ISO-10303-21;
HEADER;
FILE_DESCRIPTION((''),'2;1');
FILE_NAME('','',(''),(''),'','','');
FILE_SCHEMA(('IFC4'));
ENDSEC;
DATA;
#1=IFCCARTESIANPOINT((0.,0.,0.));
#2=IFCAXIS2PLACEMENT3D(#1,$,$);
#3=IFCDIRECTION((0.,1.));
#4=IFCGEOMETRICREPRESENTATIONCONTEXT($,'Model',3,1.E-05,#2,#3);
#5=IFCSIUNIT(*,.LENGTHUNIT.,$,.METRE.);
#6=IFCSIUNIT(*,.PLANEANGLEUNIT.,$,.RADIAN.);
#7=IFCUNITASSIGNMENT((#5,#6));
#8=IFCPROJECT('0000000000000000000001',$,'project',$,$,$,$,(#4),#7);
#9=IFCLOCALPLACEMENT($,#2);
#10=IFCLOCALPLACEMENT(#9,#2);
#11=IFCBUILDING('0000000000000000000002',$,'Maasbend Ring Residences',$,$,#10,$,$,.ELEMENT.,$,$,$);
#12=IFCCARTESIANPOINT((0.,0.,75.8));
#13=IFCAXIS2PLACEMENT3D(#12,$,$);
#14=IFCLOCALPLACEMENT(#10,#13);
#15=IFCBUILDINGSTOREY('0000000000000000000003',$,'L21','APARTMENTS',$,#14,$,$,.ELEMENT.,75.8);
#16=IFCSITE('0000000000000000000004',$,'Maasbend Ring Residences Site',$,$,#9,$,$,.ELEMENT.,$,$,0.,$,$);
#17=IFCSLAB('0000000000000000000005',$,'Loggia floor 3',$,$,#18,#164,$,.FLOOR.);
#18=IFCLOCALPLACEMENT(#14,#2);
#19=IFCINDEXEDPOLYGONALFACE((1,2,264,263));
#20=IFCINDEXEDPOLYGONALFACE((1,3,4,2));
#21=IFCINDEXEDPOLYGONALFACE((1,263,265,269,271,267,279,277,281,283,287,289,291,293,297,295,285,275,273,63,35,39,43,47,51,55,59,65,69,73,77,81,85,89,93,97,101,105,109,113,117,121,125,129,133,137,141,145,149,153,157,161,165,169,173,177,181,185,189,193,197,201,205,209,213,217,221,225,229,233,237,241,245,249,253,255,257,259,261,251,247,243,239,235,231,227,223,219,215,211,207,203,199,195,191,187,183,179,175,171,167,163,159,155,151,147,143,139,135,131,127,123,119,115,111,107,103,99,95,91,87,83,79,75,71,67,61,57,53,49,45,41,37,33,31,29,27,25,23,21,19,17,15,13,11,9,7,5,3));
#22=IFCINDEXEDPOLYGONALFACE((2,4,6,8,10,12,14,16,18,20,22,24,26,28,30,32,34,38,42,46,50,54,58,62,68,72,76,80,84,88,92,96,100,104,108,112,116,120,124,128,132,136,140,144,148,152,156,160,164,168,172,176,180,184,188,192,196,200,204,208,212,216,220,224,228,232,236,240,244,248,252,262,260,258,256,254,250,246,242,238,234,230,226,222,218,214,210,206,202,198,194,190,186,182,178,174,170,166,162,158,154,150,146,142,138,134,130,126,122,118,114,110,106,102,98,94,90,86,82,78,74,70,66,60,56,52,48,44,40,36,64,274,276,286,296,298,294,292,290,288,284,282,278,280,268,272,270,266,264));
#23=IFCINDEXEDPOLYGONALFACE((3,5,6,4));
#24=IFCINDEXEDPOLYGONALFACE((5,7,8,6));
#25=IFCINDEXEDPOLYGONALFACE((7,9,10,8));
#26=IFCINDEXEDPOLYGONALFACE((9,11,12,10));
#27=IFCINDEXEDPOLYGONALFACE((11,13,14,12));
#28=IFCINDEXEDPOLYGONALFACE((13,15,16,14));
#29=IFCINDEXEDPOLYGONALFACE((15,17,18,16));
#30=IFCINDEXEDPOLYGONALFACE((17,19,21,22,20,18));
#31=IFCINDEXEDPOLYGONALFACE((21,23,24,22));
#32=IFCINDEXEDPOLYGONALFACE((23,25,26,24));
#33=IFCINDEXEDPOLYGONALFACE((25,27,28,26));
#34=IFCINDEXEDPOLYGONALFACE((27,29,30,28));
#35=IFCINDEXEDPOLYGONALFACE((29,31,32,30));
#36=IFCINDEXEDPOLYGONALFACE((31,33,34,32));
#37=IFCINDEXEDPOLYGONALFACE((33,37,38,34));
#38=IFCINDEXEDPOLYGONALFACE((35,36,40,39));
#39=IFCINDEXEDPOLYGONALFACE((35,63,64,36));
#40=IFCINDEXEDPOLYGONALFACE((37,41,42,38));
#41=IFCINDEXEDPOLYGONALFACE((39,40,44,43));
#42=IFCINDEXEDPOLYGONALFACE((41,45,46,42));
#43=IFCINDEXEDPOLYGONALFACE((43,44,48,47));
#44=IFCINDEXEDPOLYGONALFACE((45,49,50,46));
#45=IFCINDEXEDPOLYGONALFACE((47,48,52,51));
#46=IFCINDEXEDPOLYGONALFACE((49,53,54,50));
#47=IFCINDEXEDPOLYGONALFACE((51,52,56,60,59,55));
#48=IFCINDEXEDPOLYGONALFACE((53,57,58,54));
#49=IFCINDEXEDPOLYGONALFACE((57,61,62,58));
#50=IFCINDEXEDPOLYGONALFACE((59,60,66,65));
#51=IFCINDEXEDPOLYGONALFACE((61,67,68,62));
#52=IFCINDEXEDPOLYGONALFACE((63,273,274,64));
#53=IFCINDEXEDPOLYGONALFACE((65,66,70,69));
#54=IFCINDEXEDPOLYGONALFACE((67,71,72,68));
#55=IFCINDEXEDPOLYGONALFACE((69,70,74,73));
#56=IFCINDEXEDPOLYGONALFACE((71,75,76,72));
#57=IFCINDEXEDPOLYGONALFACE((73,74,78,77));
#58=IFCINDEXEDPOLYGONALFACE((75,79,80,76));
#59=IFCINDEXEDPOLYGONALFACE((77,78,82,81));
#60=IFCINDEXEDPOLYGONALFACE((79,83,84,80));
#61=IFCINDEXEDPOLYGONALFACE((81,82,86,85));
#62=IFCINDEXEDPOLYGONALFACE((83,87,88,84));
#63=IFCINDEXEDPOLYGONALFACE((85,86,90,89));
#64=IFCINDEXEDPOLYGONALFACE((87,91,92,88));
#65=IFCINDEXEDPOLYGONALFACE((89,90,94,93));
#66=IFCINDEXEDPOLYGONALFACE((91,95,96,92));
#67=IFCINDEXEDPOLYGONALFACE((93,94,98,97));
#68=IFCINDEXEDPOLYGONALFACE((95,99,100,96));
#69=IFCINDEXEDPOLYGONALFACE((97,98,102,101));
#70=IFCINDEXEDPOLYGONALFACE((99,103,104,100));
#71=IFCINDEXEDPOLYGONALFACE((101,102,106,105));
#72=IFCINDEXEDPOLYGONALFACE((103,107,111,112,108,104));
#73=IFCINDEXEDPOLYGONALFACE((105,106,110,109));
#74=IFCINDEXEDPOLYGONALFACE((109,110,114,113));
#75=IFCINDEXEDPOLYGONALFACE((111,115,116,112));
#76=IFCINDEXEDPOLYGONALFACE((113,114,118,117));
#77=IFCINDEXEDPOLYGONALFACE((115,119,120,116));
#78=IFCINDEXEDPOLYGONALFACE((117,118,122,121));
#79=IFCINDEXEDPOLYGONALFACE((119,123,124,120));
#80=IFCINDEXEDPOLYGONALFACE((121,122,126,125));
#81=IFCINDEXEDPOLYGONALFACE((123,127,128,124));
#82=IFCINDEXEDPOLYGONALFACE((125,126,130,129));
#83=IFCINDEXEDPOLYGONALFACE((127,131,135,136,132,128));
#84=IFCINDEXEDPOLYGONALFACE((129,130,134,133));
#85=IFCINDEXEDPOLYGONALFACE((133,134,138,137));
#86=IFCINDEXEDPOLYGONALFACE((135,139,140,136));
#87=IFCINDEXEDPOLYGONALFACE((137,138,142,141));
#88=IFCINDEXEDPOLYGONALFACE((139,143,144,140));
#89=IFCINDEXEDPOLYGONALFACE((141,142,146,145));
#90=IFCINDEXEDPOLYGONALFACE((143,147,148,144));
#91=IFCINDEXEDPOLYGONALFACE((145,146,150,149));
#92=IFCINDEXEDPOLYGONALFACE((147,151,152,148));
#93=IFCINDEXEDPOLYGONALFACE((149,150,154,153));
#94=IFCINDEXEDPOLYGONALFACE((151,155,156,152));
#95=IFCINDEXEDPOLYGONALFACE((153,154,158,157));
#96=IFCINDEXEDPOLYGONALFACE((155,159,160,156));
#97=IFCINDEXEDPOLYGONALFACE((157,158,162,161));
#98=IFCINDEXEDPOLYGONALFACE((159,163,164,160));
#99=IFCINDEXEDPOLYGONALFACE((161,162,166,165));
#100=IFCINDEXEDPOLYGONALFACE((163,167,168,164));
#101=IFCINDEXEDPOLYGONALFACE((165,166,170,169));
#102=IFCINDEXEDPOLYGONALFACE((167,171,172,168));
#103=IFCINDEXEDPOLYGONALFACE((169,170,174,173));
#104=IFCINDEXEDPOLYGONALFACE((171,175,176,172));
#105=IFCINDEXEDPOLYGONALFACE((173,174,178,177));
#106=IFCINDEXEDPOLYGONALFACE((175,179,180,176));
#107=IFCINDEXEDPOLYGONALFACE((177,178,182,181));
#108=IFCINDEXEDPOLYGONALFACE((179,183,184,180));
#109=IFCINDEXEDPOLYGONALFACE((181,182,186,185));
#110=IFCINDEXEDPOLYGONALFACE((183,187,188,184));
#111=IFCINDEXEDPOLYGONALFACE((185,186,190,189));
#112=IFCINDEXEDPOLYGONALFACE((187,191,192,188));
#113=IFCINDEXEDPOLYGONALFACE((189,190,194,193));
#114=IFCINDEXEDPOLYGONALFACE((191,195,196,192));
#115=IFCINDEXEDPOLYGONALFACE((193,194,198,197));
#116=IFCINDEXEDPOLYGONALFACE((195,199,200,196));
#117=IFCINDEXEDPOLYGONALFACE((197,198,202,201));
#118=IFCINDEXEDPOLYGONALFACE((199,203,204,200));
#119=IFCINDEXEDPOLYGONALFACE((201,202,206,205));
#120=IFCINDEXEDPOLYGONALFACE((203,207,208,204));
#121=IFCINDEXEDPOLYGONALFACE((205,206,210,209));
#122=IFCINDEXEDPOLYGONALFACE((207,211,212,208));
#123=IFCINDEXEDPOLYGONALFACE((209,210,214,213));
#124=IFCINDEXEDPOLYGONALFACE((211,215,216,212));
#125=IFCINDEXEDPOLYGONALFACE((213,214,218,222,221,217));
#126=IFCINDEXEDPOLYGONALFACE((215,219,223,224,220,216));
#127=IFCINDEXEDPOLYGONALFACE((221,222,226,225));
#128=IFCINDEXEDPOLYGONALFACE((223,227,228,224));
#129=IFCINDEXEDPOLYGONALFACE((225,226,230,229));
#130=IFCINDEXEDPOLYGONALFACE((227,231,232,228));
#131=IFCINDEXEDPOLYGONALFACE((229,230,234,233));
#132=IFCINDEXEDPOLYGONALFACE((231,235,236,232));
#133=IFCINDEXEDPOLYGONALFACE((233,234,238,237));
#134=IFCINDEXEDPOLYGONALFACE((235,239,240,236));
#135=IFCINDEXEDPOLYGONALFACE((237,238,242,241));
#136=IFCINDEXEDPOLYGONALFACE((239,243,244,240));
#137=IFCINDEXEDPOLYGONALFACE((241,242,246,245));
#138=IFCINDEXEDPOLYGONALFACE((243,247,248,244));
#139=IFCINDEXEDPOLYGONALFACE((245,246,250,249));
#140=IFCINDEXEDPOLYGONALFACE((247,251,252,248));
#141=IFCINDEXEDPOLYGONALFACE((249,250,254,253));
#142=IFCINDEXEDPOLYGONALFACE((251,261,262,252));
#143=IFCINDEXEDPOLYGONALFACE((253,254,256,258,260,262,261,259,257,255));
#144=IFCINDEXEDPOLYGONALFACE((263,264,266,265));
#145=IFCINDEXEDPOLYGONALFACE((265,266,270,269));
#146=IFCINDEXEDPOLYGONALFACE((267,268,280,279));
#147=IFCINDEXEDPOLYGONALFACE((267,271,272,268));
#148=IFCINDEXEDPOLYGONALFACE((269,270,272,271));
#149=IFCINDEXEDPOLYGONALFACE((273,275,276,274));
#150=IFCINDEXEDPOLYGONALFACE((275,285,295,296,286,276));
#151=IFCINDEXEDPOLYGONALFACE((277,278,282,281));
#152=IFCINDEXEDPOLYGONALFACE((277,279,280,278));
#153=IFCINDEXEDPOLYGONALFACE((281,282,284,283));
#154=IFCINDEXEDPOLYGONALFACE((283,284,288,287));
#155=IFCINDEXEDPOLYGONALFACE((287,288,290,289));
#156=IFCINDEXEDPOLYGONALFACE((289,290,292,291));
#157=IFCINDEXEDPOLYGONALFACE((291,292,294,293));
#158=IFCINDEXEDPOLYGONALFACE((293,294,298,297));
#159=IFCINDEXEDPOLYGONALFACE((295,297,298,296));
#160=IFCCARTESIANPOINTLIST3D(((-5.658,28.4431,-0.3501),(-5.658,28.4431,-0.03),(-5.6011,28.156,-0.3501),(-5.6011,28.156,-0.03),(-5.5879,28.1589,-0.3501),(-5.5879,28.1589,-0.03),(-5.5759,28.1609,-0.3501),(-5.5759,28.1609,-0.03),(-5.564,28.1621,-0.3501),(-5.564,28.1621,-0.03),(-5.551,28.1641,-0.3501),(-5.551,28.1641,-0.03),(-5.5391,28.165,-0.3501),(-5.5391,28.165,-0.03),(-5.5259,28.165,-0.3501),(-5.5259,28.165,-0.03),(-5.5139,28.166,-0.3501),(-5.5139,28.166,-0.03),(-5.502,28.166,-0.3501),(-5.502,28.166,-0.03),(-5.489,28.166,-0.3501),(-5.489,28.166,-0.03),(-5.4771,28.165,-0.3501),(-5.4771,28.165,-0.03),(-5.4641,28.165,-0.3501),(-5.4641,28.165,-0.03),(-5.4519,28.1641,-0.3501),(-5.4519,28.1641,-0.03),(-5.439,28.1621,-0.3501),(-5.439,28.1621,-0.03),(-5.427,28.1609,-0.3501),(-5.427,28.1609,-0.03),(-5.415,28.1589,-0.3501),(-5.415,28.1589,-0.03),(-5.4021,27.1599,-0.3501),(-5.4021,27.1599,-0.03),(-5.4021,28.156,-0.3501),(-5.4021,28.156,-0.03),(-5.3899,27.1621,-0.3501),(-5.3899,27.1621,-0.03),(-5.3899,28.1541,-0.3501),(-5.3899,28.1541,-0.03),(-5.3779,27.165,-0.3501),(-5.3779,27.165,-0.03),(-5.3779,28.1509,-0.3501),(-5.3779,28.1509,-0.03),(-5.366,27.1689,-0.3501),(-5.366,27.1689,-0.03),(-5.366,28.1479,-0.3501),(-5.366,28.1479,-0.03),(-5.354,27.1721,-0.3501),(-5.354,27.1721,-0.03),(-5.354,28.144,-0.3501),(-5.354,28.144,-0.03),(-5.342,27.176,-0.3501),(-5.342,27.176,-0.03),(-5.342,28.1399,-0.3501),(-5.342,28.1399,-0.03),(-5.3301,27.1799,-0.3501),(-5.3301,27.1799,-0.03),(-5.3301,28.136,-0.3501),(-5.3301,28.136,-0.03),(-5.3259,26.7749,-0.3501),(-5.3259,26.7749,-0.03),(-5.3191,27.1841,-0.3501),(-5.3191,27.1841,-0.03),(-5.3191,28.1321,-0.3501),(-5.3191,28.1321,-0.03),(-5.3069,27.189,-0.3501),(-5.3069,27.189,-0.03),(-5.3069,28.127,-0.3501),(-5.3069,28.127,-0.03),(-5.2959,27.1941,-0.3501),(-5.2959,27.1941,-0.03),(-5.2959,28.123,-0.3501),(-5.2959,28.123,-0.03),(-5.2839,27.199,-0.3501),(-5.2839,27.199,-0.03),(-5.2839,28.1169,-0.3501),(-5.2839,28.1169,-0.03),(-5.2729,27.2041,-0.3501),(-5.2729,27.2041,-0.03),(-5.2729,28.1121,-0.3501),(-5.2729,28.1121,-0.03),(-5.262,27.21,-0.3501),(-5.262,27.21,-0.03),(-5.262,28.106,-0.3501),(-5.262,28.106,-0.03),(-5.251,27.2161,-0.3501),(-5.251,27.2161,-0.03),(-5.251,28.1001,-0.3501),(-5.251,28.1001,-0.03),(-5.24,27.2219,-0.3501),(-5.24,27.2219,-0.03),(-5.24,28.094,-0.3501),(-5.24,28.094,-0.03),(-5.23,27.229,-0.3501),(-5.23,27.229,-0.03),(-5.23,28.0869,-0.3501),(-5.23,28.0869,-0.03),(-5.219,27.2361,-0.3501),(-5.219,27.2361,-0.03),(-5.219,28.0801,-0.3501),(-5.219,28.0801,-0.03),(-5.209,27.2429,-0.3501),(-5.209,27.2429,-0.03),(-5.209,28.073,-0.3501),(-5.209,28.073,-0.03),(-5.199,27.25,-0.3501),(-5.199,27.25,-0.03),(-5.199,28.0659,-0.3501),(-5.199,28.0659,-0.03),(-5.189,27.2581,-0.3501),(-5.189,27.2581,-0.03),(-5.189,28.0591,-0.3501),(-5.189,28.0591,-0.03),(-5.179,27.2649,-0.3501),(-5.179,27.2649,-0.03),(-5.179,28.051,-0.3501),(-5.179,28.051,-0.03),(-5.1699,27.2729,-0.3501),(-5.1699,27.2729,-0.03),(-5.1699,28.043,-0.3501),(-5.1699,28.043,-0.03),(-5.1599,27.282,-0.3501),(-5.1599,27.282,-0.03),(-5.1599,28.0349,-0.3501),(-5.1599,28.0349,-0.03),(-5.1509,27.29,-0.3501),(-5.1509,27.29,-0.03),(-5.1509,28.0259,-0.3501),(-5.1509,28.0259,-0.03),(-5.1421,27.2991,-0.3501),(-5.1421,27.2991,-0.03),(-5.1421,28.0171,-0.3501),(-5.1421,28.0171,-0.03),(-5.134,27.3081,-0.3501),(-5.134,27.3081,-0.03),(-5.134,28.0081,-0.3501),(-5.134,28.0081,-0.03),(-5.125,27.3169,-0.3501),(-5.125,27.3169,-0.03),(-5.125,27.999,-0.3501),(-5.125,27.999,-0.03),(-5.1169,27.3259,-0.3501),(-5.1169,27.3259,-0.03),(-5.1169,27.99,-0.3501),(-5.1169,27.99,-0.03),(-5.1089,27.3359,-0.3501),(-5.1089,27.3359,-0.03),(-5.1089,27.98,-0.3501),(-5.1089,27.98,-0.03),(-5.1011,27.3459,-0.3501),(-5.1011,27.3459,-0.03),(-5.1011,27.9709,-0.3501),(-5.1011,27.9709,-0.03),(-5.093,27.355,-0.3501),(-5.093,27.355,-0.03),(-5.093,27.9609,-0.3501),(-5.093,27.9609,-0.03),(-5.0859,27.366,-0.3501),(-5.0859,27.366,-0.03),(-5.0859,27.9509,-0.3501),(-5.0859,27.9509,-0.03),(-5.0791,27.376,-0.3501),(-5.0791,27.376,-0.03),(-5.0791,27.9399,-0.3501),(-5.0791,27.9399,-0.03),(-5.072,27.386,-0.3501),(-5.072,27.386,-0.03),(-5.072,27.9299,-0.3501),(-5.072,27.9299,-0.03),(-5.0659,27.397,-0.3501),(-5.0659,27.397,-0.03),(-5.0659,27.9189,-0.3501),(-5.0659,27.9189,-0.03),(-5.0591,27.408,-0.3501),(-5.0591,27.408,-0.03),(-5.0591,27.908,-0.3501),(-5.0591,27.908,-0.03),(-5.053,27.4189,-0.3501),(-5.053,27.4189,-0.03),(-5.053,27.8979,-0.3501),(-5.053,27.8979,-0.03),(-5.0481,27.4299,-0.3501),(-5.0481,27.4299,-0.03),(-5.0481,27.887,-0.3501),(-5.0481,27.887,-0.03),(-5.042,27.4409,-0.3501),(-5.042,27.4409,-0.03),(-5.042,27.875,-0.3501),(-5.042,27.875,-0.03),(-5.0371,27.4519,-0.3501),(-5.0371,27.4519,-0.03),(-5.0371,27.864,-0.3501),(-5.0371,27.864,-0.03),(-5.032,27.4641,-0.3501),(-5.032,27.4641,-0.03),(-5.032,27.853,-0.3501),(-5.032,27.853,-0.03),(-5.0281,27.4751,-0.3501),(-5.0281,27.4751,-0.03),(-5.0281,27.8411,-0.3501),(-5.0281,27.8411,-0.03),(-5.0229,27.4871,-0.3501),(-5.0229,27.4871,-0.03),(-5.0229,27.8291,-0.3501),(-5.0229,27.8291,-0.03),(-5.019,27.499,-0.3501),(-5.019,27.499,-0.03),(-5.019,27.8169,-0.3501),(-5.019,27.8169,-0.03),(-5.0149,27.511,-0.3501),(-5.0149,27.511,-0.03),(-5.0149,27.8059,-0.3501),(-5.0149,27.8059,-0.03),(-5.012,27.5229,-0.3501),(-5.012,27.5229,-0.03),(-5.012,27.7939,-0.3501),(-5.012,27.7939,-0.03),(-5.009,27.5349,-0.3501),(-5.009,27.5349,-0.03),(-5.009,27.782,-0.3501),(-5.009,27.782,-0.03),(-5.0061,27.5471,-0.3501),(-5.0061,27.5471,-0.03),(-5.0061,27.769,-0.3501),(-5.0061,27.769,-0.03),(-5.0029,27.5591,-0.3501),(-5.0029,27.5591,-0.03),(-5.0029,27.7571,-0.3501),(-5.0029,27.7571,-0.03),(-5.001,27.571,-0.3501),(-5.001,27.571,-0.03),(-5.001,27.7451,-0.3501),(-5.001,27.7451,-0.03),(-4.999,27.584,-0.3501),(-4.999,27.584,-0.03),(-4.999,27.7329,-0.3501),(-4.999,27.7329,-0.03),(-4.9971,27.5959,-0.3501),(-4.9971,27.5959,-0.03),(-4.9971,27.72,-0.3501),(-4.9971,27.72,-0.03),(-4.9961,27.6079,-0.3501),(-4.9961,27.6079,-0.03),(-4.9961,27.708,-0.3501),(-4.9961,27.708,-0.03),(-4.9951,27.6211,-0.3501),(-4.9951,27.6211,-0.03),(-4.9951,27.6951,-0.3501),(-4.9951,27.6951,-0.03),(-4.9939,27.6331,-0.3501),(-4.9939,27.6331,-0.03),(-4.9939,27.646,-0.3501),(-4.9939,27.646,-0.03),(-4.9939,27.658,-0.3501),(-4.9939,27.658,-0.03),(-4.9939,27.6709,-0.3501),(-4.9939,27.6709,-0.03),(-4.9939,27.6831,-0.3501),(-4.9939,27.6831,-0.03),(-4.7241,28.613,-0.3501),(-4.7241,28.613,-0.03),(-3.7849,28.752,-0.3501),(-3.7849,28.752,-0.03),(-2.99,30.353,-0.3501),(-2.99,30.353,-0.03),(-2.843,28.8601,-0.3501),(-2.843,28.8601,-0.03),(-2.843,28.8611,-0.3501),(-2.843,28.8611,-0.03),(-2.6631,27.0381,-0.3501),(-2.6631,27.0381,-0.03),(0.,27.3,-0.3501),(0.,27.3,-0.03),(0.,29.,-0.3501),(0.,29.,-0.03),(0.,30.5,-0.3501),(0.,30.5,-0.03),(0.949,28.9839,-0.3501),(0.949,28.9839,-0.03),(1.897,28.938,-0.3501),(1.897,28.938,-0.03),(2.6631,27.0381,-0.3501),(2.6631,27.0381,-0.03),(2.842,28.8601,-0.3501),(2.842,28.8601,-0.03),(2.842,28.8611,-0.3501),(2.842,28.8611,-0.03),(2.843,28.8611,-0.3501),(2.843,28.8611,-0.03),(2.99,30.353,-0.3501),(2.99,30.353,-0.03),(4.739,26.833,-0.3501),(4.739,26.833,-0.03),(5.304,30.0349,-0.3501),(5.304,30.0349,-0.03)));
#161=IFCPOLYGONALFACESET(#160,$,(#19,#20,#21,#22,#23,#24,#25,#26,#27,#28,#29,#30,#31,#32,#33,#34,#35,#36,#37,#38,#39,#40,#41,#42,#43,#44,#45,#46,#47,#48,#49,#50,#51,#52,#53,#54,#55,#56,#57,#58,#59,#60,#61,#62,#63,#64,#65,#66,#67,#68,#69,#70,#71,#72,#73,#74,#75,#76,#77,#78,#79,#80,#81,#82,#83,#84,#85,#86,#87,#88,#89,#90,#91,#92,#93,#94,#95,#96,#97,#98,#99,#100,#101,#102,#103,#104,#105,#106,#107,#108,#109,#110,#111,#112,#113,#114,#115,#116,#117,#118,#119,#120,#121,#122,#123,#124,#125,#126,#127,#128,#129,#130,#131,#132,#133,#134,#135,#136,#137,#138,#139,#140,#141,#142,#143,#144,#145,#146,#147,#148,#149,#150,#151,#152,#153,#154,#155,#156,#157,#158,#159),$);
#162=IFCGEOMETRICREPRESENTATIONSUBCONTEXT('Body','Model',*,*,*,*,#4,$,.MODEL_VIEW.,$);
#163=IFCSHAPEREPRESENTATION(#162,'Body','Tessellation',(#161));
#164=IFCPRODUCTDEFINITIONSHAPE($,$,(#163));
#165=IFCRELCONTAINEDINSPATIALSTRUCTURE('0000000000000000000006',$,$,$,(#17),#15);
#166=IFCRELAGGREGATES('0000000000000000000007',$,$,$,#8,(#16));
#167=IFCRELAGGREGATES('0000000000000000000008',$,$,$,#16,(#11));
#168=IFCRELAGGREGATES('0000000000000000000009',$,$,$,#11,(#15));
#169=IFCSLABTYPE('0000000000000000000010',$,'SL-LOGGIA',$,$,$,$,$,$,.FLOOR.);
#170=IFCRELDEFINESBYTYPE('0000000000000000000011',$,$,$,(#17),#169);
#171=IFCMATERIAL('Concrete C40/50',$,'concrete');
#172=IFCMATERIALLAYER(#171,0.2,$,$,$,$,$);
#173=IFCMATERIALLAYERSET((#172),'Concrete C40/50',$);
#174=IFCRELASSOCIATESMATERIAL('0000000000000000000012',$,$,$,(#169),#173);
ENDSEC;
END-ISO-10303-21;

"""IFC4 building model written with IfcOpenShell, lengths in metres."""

from ifc_helpers import new_model, si_unit, direction, frame, origin, place, context, subcontext, project, spatial, polyline, outline, extrude, material, layer, layer_set, type_object, element, save


model = new_model("IFC4")

# Units and contexts
model_context = context("Model", 3, precision=1e-05, world=origin(), true_north=direction((0.0, 1.0)))
body_context = subcontext(model_context, "Body", "Model", "MODEL_VIEW")
ifc_project = project(units=[si_unit("LENGTHUNIT", "METRE"), si_unit("PLANEANGLEUNIT", "RADIAN")], contexts=[model_context])

# Site, building, storey
site_placement = place(None, origin())
site = spatial("IfcSite", under=ifc_project, at=site_placement, Name="Maasbend Ring Residences Site", CompositionType="ELEMENT", RefElevation=0.0)
building_placement = place(site_placement, origin())
building = spatial("IfcBuilding", under=site, at=building_placement, Name="Maasbend Ring Residences", CompositionType="ELEMENT")
storey_placement = place(building_placement, frame((0.0, 0.0, 75.8)))
storey = spatial("IfcBuildingStorey", under=building, at=storey_placement, Name="L21", Description="APARTMENTS", CompositionType="ELEMENT", Elevation=75.8)

# Slab
ifc_material_1 = material(Name="Concrete C40/50", Category="concrete")
ifc_layer_1 = layer(ifc_material_1, 0.2)
ifc_layer_set_1 = layer_set([ifc_layer_1], Name="Concrete C40/50")
slab_type_1 = type_object("IfcSlabType", Name="SL-LOGGIA", PredefinedType="FLOOR", material=ifc_layer_set_1)
slab_1_placement = place(storey_placement, frame((0.0, 0.0, -0.3501)))
element("IfcSlab", 1, at=slab_1_placement, inside=storey, type_object=slab_type_1, Name="Loggia floor 3", PredefinedType="FLOOR", context=body_context, shape_type="SweptSolid", body=[
    extrude(outline(polyline([(-3.7849, 28.752), (-2.843, 28.8601), (-2.843, 28.8601), (-2.843, 28.8601), (-2.843, 28.8601), (-2.843, 28.8601), (-2.843, 28.8601), (-2.843, 28.8601), (-2.843, 28.8601), (-2.843, 28.8601), (-2.843, 28.8611), (-2.843, 28.8611), (-2.843, 28.8611), (-2.843, 28.8611), (-2.843, 28.8611), (-2.843, 28.8611), (-2.843, 28.8611), (-2.843, 28.8611), (-2.99, 30.353), (-2.99, 30.353), (-2.99, 30.353), (0.0, 30.5), (0.0, 30.5), (0.0, 30.5), (0.0, 29.0), (0.0, 29.0), (0.0, 29.0), (0.0, 29.0), (0.0, 29.0), (0.0, 29.0), (0.0, 29.0), (0.0, 29.0), (0.0, 29.0), (0.0, 29.0), (0.0, 29.0), (0.0, 29.0), (0.0, 29.0), (0.0, 29.0), (0.0, 29.0), (0.0, 29.0), (0.0, 29.0), (0.949, 28.9839), (0.949, 28.9839), (1.897, 28.938), (1.897, 28.938), (2.842, 28.8601), (2.842, 28.8601), (2.842, 28.8601), (2.842, 28.8601), (2.842, 28.8601), (2.842, 28.8601), (2.842, 28.8601), (2.842, 28.8601), (2.842, 28.8611), (2.842, 28.8611), (2.842, 28.8611), (2.842, 28.8611), (2.842, 28.8611), (2.843, 28.8611), (2.843, 28.8611), (2.843, 28.8611), (2.843, 28.8611), (2.99, 30.353), (2.99, 30.353), (2.99, 30.353), (5.304, 30.0349), (5.304, 30.0349), (5.304, 30.0349), (4.739, 26.833), (4.739, 26.833), (4.739, 26.833), (2.6631, 27.0381), (0.0, 27.3), (0.0, 27.3), (0.0, 27.3), (-2.6631, 27.0381), (-5.3259, 26.7749), (-5.3259, 26.7749), (-5.3259, 26.7749), (-5.4021, 27.1599), (-5.4021, 27.1599), (-5.3899, 27.1621), (-5.3779, 27.165), (-5.366, 27.1689), (-5.354, 27.1721), (-5.342, 27.176), (-5.3301, 27.1799), (-5.3191, 27.1841), (-5.3069, 27.189), (-5.2959, 27.1941), (-5.2839, 27.199), (-5.2729, 27.2041), (-5.262, 27.21), (-5.251, 27.2161), (-5.24, 27.2219), (-5.23, 27.229), (-5.219, 27.2361), (-5.209, 27.2429), (-5.199, 27.25), (-5.189, 27.2581), (-5.179, 27.2649), (-5.1699, 27.2729), (-5.1599, 27.282), (-5.1509, 27.29), (-5.1421, 27.2991), (-5.134, 27.3081), (-5.125, 27.3169), (-5.1169, 27.3259), (-5.1089, 27.3359), (-5.1011, 27.3459), (-5.093, 27.355), (-5.0859, 27.366), (-5.0791, 27.376), (-5.072, 27.386), (-5.0659, 27.397), (-5.0591, 27.408), (-5.053, 27.4189), (-5.0481, 27.4299), (-5.042, 27.4409), (-5.0371, 27.4519), (-5.032, 27.4641), (-5.0281, 27.4751), (-5.0229, 27.4871), (-5.019, 27.499), (-5.0149, 27.511), (-5.012, 27.5229), (-5.009, 27.5349), (-5.0061, 27.5471), (-5.0029, 27.5591), (-5.001, 27.571), (-4.999, 27.584), (-4.9971, 27.5959), (-4.9961, 27.6079), (-4.9951, 27.6211), (-4.9939, 27.6331), (-4.9939, 27.646), (-4.9939, 27.658), (-4.9939, 27.6709), (-4.9939, 27.6831), (-4.9951, 27.6951), (-4.9961, 27.708), (-4.9971, 27.72), (-4.999, 27.7329), (-5.001, 27.7451), (-5.0029, 27.7571), (-5.0061, 27.769), (-5.009, 27.782), (-5.012, 27.7939), (-5.0149, 27.8059), (-5.019, 27.8169), (-5.0229, 27.8291), (-5.0281, 27.8411), (-5.032, 27.853), (-5.0371, 27.864), (-5.042, 27.875), (-5.0481, 27.887), (-5.053, 27.8979), (-5.0591, 27.908), (-5.0659, 27.9189), (-5.072, 27.9299), (-5.0791, 27.9399), (-5.0859, 27.9509), (-5.093, 27.9609), (-5.1011, 27.9709), (-5.1089, 27.98), (-5.1169, 27.99), (-5.125, 27.999), (-5.134, 28.0081), (-5.1421, 28.0171), (-5.1509, 28.0259), (-5.1599, 28.0349), (-5.1699, 28.043), (-5.179, 28.051), (-5.189, 28.0591), (-5.199, 28.0659), (-5.209, 28.073), (-5.219, 28.0801), (-5.23, 28.0869), (-5.24, 28.094), (-5.251, 28.1001), (-5.262, 28.106), (-5.2729, 28.1121), (-5.2839, 28.1169), (-5.2959, 28.123), (-5.3069, 28.127), (-5.3191, 28.1321), (-5.3301, 28.136), (-5.342, 28.1399), (-5.354, 28.144), (-5.366, 28.1479), (-5.3779, 28.1509), (-5.3899, 28.1541), (-5.4021, 28.156), (-5.415, 28.1589), (-5.427, 28.1609), (-5.439, 28.1621), (-5.4519, 28.1641), (-5.4641, 28.165), (-5.4771, 28.165), (-5.489, 28.166), (-5.502, 28.166), (-5.5139, 28.166), (-5.5259, 28.165), (-5.5391, 28.165), (-5.551, 28.1641), (-5.564, 28.1621), (-5.5759, 28.1609), (-5.5879, 28.1589), (-5.6011, 28.156), (-5.6011, 28.156), (-5.658, 28.4431), (-5.658, 28.4431), (-5.658, 28.4431), (-4.7241, 28.613), (-4.7241, 28.613), (-3.7849, 28.752), (-3.7849, 28.752)])), origin(), (0.0, 0.0, 1.0), 0.3201),
])

save(model, "model.ifc")
